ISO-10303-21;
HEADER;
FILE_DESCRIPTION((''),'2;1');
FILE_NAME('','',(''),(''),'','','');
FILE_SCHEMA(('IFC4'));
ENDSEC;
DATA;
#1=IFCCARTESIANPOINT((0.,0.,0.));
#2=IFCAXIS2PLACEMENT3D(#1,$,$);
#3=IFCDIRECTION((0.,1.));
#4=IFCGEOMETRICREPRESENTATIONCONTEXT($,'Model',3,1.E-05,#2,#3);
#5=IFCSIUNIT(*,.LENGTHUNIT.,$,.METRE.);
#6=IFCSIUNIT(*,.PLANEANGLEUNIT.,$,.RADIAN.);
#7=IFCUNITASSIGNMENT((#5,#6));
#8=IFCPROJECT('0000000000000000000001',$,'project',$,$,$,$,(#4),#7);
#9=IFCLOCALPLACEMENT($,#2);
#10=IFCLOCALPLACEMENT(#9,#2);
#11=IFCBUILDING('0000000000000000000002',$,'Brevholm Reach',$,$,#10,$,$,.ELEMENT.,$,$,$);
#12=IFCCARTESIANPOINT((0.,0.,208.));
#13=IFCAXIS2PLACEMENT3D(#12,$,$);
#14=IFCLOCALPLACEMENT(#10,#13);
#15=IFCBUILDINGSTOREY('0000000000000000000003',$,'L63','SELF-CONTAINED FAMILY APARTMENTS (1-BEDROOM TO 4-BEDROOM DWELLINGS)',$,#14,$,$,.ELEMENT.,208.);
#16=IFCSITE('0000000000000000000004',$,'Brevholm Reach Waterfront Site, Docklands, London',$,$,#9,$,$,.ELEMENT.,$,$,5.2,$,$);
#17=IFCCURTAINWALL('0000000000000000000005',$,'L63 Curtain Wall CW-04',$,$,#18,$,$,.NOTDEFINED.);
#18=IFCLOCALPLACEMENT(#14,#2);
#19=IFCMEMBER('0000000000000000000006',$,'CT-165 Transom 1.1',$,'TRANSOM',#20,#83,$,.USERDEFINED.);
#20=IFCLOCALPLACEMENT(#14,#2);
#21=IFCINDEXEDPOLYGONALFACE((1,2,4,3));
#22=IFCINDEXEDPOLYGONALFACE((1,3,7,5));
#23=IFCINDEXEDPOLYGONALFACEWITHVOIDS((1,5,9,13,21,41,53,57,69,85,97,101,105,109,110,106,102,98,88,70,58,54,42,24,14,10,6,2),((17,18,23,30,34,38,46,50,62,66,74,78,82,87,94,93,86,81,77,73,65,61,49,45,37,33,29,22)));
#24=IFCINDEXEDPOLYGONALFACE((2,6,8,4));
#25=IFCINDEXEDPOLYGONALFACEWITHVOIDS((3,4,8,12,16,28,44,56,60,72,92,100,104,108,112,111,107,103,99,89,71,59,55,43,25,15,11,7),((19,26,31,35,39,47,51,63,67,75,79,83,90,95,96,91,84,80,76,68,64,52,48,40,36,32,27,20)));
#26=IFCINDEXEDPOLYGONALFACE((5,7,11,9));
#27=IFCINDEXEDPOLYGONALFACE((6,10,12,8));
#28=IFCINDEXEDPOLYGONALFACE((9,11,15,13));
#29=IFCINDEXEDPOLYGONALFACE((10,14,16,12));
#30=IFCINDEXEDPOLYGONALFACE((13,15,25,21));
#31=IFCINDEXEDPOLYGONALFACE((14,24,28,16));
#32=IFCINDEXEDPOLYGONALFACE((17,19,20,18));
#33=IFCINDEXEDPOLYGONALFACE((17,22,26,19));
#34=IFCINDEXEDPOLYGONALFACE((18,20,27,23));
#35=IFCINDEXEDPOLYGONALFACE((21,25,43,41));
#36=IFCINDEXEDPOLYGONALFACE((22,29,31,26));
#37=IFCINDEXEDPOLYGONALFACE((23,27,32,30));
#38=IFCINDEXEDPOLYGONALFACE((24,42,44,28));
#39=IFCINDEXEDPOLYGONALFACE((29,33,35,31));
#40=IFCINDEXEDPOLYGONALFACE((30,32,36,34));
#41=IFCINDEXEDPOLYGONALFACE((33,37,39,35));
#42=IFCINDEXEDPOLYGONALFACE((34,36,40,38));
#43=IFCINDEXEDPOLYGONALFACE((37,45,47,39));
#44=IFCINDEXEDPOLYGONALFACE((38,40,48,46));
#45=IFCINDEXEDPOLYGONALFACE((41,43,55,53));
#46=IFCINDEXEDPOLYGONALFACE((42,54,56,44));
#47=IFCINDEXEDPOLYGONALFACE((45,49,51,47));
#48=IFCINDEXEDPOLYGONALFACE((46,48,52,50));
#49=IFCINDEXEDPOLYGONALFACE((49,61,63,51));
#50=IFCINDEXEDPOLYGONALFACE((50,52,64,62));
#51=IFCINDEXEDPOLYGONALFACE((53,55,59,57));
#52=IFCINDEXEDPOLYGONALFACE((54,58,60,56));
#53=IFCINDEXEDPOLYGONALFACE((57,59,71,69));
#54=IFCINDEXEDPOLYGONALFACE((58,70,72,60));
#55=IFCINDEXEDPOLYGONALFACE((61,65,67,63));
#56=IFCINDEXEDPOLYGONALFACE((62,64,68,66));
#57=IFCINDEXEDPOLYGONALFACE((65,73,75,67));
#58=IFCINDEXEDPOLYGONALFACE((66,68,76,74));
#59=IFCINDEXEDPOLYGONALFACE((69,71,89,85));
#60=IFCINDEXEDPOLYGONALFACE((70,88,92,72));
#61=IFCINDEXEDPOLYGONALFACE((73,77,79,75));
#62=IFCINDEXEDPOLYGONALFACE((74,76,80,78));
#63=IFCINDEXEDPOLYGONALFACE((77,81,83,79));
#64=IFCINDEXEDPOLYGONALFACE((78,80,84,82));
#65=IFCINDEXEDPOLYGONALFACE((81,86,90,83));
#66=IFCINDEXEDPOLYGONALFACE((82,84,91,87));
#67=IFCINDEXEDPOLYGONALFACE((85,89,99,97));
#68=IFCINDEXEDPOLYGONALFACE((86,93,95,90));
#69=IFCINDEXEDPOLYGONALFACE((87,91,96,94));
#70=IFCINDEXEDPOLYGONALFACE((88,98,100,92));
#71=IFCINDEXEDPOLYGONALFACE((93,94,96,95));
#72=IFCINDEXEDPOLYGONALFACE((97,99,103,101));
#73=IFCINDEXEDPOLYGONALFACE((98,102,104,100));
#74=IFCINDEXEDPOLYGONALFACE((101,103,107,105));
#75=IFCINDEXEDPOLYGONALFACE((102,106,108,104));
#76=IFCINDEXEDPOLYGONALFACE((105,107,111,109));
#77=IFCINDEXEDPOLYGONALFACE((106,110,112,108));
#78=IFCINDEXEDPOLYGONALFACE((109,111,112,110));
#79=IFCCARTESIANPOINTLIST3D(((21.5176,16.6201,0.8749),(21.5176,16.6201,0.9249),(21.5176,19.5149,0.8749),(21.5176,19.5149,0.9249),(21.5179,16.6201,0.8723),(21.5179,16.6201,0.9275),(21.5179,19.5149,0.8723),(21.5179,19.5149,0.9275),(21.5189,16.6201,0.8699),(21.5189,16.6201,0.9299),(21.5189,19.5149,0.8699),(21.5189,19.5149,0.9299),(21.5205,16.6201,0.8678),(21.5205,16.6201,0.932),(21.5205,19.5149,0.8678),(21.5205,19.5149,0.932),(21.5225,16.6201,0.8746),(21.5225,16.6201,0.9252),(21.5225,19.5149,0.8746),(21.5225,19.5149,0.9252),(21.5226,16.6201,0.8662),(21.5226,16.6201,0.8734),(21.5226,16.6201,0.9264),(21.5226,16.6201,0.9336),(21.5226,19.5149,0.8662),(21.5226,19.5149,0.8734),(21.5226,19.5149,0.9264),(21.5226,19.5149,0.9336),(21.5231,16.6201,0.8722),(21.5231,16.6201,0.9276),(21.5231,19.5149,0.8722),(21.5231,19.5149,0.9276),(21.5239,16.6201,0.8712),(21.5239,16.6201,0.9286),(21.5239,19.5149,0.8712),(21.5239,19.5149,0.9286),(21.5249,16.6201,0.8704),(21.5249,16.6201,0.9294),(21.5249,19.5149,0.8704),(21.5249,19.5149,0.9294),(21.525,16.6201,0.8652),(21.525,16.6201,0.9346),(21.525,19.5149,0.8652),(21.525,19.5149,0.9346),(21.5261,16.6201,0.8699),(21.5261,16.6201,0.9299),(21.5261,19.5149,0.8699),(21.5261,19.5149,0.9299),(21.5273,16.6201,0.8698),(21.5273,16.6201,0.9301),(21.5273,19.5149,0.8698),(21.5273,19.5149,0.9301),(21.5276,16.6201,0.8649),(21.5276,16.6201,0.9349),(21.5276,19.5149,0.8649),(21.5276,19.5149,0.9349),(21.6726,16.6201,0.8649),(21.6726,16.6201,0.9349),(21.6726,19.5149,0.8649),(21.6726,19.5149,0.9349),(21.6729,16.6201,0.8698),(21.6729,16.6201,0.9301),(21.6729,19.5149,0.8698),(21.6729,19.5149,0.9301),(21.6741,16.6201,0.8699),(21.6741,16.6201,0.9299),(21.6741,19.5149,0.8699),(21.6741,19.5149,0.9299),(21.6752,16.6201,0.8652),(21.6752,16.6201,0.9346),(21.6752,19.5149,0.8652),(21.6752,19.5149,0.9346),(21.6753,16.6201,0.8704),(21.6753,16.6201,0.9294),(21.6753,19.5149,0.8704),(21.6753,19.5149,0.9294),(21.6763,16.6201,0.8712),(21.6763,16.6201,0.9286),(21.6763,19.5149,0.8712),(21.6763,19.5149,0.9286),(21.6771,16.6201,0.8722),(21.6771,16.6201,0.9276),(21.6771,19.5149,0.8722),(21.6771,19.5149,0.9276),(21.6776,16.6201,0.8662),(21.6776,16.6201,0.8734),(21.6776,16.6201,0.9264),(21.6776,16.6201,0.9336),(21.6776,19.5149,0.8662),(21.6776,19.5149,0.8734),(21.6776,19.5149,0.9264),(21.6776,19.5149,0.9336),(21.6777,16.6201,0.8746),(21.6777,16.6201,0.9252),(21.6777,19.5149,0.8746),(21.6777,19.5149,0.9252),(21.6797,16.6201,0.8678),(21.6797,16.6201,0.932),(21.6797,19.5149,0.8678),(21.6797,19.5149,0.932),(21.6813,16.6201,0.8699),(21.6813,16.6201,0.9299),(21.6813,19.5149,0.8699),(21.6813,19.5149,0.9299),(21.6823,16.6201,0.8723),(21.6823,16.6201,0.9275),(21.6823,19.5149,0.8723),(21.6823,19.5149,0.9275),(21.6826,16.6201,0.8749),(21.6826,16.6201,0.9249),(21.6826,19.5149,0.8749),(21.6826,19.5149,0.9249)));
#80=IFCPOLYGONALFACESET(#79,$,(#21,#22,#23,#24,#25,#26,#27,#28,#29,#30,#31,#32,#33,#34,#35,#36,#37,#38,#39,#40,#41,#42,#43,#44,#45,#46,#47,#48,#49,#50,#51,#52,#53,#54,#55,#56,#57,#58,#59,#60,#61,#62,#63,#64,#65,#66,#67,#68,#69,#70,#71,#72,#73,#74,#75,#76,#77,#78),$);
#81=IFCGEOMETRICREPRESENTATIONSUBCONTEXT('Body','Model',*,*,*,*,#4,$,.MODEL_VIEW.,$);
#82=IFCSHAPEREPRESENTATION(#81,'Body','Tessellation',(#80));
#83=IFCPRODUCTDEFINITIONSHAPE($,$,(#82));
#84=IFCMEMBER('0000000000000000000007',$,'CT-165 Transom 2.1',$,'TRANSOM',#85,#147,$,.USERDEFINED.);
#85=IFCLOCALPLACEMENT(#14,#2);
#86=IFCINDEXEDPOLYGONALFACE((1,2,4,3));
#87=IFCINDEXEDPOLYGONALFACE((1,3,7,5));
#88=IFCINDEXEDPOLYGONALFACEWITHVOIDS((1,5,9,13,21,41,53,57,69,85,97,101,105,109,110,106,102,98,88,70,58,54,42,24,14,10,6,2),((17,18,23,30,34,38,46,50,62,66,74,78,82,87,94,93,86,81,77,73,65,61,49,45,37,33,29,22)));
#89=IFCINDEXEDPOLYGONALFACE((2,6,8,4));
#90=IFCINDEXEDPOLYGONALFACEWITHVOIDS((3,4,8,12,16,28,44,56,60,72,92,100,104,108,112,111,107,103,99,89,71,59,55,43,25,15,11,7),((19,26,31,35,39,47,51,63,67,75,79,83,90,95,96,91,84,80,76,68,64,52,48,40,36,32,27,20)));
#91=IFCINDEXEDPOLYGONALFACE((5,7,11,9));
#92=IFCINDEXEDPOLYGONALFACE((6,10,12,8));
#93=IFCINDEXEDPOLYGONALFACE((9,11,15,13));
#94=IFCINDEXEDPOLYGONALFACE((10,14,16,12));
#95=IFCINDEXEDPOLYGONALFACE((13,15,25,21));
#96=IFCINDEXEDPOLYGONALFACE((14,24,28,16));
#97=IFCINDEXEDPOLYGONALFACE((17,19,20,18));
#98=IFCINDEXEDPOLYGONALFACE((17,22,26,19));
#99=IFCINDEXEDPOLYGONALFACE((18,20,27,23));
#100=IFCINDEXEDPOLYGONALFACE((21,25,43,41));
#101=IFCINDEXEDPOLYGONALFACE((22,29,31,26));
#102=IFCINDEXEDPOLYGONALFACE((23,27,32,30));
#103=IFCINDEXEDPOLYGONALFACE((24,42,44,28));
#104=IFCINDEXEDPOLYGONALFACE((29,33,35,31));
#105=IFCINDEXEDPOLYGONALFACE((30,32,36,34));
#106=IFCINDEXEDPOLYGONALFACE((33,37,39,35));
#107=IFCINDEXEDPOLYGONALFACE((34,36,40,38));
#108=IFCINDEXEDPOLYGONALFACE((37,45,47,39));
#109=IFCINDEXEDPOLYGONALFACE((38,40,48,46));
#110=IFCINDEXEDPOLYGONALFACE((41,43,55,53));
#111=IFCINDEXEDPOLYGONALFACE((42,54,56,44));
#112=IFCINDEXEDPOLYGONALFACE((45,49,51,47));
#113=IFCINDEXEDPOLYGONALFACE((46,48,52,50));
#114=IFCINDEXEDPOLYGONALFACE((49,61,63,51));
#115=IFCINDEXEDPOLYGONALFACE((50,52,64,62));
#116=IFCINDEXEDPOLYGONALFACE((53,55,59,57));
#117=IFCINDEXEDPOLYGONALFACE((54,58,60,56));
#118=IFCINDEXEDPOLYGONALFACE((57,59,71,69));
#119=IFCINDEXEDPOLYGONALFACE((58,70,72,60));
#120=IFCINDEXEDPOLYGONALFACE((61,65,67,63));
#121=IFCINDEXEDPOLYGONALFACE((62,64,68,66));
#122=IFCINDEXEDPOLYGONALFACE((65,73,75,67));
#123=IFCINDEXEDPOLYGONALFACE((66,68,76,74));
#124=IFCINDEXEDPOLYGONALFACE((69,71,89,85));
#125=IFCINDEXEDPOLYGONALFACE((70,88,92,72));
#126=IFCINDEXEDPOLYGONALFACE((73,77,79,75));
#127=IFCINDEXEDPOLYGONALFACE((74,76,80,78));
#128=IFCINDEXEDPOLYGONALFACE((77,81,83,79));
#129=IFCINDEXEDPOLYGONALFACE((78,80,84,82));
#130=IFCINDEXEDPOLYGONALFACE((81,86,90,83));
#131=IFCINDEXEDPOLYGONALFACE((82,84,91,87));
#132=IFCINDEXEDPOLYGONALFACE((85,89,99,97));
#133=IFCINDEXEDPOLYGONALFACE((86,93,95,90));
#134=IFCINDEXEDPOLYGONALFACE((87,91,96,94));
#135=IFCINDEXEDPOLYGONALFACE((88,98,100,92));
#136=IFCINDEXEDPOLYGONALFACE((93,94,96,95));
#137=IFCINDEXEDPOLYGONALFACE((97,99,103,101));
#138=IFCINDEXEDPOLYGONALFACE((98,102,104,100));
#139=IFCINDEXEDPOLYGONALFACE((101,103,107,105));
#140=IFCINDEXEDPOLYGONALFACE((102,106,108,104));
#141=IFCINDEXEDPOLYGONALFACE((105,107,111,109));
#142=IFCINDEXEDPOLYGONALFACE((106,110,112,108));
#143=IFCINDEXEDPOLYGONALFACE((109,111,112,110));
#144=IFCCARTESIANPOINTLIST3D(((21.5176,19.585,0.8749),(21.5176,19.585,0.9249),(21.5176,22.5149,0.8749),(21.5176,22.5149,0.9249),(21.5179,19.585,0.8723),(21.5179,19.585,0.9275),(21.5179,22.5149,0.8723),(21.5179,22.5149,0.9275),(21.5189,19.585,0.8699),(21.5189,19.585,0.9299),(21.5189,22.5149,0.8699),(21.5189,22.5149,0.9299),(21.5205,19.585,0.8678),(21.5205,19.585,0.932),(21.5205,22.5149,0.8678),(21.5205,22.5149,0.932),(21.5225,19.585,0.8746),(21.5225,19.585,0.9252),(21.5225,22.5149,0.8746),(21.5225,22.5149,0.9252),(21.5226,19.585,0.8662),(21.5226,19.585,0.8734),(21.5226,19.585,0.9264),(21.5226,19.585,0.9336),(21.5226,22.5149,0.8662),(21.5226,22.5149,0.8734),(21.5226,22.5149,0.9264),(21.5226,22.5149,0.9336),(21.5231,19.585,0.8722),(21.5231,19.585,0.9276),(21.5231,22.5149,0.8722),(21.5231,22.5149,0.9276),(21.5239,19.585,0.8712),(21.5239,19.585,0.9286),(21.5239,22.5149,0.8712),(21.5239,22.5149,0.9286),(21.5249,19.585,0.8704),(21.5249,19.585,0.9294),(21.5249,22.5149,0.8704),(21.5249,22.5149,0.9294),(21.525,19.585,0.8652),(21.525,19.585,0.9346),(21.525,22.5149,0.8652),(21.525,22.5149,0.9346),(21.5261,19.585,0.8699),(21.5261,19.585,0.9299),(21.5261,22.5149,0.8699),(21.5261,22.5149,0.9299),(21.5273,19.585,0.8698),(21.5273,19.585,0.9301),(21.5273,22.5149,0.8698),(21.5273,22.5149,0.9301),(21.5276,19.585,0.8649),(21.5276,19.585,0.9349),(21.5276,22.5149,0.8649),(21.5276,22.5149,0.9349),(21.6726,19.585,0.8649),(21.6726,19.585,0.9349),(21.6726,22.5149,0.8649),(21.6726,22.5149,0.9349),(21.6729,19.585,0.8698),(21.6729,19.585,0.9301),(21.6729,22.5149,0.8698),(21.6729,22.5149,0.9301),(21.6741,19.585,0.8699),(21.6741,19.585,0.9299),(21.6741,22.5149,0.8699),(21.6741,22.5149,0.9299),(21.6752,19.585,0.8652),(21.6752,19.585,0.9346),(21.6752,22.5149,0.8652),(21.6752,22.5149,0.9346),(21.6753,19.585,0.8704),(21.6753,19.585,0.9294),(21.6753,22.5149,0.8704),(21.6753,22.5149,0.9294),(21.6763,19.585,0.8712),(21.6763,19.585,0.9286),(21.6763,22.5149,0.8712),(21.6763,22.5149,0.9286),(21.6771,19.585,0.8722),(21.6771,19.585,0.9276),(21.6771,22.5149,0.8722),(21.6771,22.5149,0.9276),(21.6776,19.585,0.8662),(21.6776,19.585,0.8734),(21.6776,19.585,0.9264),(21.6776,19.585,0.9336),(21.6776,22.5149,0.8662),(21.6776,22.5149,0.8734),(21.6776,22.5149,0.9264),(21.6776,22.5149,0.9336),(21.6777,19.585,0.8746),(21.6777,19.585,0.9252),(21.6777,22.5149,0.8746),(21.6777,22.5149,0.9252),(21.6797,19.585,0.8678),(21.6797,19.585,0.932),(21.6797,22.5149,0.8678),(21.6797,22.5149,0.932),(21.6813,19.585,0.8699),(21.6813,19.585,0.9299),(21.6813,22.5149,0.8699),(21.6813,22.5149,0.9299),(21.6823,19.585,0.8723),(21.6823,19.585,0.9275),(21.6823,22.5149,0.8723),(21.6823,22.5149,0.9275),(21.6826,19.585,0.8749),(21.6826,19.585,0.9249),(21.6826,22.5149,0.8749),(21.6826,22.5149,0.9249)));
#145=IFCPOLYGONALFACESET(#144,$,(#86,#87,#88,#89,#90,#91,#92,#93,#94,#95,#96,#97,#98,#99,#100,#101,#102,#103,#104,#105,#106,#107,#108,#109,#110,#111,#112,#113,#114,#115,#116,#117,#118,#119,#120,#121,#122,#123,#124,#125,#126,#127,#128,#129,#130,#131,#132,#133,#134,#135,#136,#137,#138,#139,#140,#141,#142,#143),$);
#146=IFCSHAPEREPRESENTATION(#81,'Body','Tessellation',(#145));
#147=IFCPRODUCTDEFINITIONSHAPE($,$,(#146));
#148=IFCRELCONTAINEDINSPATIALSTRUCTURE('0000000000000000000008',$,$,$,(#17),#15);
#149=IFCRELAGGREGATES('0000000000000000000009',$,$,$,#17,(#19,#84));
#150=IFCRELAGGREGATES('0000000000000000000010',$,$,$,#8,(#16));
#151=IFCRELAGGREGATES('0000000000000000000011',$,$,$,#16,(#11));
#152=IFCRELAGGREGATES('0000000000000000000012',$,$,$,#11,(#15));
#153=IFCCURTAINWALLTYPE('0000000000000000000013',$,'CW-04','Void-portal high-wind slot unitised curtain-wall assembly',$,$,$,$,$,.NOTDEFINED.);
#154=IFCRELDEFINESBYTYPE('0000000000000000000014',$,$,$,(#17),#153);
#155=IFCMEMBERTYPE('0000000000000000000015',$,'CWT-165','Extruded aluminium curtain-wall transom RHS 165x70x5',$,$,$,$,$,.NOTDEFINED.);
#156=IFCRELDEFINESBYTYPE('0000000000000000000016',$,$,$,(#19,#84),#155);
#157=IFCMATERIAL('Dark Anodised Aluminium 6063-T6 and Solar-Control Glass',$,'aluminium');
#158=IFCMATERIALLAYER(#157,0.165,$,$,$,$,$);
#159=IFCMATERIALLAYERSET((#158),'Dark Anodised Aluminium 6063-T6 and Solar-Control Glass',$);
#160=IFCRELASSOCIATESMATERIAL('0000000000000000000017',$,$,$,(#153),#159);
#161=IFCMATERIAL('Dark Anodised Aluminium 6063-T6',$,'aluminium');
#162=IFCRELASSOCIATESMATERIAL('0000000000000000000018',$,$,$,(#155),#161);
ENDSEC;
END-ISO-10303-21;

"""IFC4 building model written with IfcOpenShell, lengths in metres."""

from ifc_helpers import new_model, si_unit, direction, frame, origin, origin_2d, place, context, subcontext, project, spatial, hollow_rectangle, extrude, material, layer, layer_set, material_profile, profile_set, type_object, element, aggregate, save


model = new_model("IFC4")

# Units and contexts
model_context = context("Model", 3, precision=1e-05, world=origin(), true_north=direction((0.0, 1.0)))
body_context = subcontext(model_context, "Body", "Model", "MODEL_VIEW")
ifc_project = project(units=[si_unit("LENGTHUNIT", "METRE"), si_unit("PLANEANGLEUNIT", "RADIAN")], contexts=[model_context])

# Site, building, storey
site_placement = place(None, origin())
site = spatial("IfcSite", under=ifc_project, at=site_placement, Name="Brevholm Reach Waterfront Site, Docklands, London", CompositionType="ELEMENT", RefElevation=5.2)
building_placement = place(site_placement, origin())
building = spatial("IfcBuilding", under=site, at=building_placement, Name="Brevholm Reach", CompositionType="ELEMENT")
storey_placement = place(building_placement, frame((0.0, 0.0, 208.0)))
storey = spatial("IfcBuildingStorey", under=building, at=storey_placement, Name="L63", Description="SELF-CONTAINED FAMILY APARTMENTS (1-BEDROOM TO 4-BEDROOM DWELLINGS)", CompositionType="ELEMENT", Elevation=208.0)

# Curtain wall, members
ifc_material_1 = material(Name="Dark Anodised Aluminium 6063-T6 and Solar-Control Glass", Category="aluminium")
ifc_layer_1 = layer(ifc_material_1, 0.165)
ifc_layer_set_1 = layer_set([ifc_layer_1], Name="Dark Anodised Aluminium 6063-T6 and Solar-Control Glass")
curtain_wall_type = type_object("IfcCurtainWallType", Name="CW-04", Description="Void-portal high-wind slot unitised curtain-wall assembly", PredefinedType="NOTDEFINED", material=ifc_layer_set_1)
curtain_wall_placement = place(storey_placement, origin())
curtain_wall = element("IfcCurtainWall", 1, at=curtain_wall_placement, inside=storey, type_object=curtain_wall_type, Name="L63 Curtain Wall CW-04", PredefinedType="NOTDEFINED")
ifc_material_2 = material(Name="Dark Anodised Aluminium 6063-T6", Category="aluminium")
ifc_material_profile_1 = material_profile(ifc_material_2, hollow_rectangle(XDim=0.0701, YDim=0.165, WallThickness=0.0049, InnerFilletRadius=0.0049, OuterFilletRadius=0.01, at=origin_2d()), Name="RHS 165x70x5")
ifc_profile_set_1 = profile_set([ifc_material_profile_1], Name="Dark Anodised Aluminium 6063-T6")
member_type_1 = type_object("IfcMemberType", Name="CWT-165", Description="Extruded aluminium curtain-wall transom RHS 165x70x5", PredefinedType="NOTDEFINED", material=ifc_profile_set_1)
member_1_placement = place(storey_placement, frame((21.6001, 16.6201, 0.8999), z_axis=(0.0, 1.0, 0.0), x_axis=(0.0, 0.0, 1.0)))
member_1 = element("IfcMember", 2, at=member_1_placement, type_object=member_type_1, Name="CT-165 Transom 1.1", ObjectType="TRANSOM", PredefinedType="USERDEFINED", context=body_context, shape_type="SweptSolid", body=[
    extrude(hollow_rectangle(XDim=0.0701, YDim=0.165, WallThickness=0.0049, InnerFilletRadius=0.0049, OuterFilletRadius=0.01, at=origin_2d()), origin(), (0.0, 0.0, 1.0), 2.8948),
])
member_2_placement = place(storey_placement, frame((21.6001, 19.585, 0.8999), z_axis=(0.0, 1.0, 0.0), x_axis=(0.0, 0.0, 1.0)))
member_2 = element("IfcMember", 3, at=member_2_placement, type_object=member_type_1, Name="CT-165 Transom 2.1", ObjectType="TRANSOM", PredefinedType="USERDEFINED", context=body_context, shape_type="SweptSolid", body=[
    extrude(hollow_rectangle(XDim=0.0701, YDim=0.165, WallThickness=0.0049, InnerFilletRadius=0.0049, OuterFilletRadius=0.01, at=origin_2d()), origin(), (0.0, 0.0, 1.0), 2.9299),
])
aggregate(curtain_wall, [member_1, member_2])

save(model, "model.ifc")
